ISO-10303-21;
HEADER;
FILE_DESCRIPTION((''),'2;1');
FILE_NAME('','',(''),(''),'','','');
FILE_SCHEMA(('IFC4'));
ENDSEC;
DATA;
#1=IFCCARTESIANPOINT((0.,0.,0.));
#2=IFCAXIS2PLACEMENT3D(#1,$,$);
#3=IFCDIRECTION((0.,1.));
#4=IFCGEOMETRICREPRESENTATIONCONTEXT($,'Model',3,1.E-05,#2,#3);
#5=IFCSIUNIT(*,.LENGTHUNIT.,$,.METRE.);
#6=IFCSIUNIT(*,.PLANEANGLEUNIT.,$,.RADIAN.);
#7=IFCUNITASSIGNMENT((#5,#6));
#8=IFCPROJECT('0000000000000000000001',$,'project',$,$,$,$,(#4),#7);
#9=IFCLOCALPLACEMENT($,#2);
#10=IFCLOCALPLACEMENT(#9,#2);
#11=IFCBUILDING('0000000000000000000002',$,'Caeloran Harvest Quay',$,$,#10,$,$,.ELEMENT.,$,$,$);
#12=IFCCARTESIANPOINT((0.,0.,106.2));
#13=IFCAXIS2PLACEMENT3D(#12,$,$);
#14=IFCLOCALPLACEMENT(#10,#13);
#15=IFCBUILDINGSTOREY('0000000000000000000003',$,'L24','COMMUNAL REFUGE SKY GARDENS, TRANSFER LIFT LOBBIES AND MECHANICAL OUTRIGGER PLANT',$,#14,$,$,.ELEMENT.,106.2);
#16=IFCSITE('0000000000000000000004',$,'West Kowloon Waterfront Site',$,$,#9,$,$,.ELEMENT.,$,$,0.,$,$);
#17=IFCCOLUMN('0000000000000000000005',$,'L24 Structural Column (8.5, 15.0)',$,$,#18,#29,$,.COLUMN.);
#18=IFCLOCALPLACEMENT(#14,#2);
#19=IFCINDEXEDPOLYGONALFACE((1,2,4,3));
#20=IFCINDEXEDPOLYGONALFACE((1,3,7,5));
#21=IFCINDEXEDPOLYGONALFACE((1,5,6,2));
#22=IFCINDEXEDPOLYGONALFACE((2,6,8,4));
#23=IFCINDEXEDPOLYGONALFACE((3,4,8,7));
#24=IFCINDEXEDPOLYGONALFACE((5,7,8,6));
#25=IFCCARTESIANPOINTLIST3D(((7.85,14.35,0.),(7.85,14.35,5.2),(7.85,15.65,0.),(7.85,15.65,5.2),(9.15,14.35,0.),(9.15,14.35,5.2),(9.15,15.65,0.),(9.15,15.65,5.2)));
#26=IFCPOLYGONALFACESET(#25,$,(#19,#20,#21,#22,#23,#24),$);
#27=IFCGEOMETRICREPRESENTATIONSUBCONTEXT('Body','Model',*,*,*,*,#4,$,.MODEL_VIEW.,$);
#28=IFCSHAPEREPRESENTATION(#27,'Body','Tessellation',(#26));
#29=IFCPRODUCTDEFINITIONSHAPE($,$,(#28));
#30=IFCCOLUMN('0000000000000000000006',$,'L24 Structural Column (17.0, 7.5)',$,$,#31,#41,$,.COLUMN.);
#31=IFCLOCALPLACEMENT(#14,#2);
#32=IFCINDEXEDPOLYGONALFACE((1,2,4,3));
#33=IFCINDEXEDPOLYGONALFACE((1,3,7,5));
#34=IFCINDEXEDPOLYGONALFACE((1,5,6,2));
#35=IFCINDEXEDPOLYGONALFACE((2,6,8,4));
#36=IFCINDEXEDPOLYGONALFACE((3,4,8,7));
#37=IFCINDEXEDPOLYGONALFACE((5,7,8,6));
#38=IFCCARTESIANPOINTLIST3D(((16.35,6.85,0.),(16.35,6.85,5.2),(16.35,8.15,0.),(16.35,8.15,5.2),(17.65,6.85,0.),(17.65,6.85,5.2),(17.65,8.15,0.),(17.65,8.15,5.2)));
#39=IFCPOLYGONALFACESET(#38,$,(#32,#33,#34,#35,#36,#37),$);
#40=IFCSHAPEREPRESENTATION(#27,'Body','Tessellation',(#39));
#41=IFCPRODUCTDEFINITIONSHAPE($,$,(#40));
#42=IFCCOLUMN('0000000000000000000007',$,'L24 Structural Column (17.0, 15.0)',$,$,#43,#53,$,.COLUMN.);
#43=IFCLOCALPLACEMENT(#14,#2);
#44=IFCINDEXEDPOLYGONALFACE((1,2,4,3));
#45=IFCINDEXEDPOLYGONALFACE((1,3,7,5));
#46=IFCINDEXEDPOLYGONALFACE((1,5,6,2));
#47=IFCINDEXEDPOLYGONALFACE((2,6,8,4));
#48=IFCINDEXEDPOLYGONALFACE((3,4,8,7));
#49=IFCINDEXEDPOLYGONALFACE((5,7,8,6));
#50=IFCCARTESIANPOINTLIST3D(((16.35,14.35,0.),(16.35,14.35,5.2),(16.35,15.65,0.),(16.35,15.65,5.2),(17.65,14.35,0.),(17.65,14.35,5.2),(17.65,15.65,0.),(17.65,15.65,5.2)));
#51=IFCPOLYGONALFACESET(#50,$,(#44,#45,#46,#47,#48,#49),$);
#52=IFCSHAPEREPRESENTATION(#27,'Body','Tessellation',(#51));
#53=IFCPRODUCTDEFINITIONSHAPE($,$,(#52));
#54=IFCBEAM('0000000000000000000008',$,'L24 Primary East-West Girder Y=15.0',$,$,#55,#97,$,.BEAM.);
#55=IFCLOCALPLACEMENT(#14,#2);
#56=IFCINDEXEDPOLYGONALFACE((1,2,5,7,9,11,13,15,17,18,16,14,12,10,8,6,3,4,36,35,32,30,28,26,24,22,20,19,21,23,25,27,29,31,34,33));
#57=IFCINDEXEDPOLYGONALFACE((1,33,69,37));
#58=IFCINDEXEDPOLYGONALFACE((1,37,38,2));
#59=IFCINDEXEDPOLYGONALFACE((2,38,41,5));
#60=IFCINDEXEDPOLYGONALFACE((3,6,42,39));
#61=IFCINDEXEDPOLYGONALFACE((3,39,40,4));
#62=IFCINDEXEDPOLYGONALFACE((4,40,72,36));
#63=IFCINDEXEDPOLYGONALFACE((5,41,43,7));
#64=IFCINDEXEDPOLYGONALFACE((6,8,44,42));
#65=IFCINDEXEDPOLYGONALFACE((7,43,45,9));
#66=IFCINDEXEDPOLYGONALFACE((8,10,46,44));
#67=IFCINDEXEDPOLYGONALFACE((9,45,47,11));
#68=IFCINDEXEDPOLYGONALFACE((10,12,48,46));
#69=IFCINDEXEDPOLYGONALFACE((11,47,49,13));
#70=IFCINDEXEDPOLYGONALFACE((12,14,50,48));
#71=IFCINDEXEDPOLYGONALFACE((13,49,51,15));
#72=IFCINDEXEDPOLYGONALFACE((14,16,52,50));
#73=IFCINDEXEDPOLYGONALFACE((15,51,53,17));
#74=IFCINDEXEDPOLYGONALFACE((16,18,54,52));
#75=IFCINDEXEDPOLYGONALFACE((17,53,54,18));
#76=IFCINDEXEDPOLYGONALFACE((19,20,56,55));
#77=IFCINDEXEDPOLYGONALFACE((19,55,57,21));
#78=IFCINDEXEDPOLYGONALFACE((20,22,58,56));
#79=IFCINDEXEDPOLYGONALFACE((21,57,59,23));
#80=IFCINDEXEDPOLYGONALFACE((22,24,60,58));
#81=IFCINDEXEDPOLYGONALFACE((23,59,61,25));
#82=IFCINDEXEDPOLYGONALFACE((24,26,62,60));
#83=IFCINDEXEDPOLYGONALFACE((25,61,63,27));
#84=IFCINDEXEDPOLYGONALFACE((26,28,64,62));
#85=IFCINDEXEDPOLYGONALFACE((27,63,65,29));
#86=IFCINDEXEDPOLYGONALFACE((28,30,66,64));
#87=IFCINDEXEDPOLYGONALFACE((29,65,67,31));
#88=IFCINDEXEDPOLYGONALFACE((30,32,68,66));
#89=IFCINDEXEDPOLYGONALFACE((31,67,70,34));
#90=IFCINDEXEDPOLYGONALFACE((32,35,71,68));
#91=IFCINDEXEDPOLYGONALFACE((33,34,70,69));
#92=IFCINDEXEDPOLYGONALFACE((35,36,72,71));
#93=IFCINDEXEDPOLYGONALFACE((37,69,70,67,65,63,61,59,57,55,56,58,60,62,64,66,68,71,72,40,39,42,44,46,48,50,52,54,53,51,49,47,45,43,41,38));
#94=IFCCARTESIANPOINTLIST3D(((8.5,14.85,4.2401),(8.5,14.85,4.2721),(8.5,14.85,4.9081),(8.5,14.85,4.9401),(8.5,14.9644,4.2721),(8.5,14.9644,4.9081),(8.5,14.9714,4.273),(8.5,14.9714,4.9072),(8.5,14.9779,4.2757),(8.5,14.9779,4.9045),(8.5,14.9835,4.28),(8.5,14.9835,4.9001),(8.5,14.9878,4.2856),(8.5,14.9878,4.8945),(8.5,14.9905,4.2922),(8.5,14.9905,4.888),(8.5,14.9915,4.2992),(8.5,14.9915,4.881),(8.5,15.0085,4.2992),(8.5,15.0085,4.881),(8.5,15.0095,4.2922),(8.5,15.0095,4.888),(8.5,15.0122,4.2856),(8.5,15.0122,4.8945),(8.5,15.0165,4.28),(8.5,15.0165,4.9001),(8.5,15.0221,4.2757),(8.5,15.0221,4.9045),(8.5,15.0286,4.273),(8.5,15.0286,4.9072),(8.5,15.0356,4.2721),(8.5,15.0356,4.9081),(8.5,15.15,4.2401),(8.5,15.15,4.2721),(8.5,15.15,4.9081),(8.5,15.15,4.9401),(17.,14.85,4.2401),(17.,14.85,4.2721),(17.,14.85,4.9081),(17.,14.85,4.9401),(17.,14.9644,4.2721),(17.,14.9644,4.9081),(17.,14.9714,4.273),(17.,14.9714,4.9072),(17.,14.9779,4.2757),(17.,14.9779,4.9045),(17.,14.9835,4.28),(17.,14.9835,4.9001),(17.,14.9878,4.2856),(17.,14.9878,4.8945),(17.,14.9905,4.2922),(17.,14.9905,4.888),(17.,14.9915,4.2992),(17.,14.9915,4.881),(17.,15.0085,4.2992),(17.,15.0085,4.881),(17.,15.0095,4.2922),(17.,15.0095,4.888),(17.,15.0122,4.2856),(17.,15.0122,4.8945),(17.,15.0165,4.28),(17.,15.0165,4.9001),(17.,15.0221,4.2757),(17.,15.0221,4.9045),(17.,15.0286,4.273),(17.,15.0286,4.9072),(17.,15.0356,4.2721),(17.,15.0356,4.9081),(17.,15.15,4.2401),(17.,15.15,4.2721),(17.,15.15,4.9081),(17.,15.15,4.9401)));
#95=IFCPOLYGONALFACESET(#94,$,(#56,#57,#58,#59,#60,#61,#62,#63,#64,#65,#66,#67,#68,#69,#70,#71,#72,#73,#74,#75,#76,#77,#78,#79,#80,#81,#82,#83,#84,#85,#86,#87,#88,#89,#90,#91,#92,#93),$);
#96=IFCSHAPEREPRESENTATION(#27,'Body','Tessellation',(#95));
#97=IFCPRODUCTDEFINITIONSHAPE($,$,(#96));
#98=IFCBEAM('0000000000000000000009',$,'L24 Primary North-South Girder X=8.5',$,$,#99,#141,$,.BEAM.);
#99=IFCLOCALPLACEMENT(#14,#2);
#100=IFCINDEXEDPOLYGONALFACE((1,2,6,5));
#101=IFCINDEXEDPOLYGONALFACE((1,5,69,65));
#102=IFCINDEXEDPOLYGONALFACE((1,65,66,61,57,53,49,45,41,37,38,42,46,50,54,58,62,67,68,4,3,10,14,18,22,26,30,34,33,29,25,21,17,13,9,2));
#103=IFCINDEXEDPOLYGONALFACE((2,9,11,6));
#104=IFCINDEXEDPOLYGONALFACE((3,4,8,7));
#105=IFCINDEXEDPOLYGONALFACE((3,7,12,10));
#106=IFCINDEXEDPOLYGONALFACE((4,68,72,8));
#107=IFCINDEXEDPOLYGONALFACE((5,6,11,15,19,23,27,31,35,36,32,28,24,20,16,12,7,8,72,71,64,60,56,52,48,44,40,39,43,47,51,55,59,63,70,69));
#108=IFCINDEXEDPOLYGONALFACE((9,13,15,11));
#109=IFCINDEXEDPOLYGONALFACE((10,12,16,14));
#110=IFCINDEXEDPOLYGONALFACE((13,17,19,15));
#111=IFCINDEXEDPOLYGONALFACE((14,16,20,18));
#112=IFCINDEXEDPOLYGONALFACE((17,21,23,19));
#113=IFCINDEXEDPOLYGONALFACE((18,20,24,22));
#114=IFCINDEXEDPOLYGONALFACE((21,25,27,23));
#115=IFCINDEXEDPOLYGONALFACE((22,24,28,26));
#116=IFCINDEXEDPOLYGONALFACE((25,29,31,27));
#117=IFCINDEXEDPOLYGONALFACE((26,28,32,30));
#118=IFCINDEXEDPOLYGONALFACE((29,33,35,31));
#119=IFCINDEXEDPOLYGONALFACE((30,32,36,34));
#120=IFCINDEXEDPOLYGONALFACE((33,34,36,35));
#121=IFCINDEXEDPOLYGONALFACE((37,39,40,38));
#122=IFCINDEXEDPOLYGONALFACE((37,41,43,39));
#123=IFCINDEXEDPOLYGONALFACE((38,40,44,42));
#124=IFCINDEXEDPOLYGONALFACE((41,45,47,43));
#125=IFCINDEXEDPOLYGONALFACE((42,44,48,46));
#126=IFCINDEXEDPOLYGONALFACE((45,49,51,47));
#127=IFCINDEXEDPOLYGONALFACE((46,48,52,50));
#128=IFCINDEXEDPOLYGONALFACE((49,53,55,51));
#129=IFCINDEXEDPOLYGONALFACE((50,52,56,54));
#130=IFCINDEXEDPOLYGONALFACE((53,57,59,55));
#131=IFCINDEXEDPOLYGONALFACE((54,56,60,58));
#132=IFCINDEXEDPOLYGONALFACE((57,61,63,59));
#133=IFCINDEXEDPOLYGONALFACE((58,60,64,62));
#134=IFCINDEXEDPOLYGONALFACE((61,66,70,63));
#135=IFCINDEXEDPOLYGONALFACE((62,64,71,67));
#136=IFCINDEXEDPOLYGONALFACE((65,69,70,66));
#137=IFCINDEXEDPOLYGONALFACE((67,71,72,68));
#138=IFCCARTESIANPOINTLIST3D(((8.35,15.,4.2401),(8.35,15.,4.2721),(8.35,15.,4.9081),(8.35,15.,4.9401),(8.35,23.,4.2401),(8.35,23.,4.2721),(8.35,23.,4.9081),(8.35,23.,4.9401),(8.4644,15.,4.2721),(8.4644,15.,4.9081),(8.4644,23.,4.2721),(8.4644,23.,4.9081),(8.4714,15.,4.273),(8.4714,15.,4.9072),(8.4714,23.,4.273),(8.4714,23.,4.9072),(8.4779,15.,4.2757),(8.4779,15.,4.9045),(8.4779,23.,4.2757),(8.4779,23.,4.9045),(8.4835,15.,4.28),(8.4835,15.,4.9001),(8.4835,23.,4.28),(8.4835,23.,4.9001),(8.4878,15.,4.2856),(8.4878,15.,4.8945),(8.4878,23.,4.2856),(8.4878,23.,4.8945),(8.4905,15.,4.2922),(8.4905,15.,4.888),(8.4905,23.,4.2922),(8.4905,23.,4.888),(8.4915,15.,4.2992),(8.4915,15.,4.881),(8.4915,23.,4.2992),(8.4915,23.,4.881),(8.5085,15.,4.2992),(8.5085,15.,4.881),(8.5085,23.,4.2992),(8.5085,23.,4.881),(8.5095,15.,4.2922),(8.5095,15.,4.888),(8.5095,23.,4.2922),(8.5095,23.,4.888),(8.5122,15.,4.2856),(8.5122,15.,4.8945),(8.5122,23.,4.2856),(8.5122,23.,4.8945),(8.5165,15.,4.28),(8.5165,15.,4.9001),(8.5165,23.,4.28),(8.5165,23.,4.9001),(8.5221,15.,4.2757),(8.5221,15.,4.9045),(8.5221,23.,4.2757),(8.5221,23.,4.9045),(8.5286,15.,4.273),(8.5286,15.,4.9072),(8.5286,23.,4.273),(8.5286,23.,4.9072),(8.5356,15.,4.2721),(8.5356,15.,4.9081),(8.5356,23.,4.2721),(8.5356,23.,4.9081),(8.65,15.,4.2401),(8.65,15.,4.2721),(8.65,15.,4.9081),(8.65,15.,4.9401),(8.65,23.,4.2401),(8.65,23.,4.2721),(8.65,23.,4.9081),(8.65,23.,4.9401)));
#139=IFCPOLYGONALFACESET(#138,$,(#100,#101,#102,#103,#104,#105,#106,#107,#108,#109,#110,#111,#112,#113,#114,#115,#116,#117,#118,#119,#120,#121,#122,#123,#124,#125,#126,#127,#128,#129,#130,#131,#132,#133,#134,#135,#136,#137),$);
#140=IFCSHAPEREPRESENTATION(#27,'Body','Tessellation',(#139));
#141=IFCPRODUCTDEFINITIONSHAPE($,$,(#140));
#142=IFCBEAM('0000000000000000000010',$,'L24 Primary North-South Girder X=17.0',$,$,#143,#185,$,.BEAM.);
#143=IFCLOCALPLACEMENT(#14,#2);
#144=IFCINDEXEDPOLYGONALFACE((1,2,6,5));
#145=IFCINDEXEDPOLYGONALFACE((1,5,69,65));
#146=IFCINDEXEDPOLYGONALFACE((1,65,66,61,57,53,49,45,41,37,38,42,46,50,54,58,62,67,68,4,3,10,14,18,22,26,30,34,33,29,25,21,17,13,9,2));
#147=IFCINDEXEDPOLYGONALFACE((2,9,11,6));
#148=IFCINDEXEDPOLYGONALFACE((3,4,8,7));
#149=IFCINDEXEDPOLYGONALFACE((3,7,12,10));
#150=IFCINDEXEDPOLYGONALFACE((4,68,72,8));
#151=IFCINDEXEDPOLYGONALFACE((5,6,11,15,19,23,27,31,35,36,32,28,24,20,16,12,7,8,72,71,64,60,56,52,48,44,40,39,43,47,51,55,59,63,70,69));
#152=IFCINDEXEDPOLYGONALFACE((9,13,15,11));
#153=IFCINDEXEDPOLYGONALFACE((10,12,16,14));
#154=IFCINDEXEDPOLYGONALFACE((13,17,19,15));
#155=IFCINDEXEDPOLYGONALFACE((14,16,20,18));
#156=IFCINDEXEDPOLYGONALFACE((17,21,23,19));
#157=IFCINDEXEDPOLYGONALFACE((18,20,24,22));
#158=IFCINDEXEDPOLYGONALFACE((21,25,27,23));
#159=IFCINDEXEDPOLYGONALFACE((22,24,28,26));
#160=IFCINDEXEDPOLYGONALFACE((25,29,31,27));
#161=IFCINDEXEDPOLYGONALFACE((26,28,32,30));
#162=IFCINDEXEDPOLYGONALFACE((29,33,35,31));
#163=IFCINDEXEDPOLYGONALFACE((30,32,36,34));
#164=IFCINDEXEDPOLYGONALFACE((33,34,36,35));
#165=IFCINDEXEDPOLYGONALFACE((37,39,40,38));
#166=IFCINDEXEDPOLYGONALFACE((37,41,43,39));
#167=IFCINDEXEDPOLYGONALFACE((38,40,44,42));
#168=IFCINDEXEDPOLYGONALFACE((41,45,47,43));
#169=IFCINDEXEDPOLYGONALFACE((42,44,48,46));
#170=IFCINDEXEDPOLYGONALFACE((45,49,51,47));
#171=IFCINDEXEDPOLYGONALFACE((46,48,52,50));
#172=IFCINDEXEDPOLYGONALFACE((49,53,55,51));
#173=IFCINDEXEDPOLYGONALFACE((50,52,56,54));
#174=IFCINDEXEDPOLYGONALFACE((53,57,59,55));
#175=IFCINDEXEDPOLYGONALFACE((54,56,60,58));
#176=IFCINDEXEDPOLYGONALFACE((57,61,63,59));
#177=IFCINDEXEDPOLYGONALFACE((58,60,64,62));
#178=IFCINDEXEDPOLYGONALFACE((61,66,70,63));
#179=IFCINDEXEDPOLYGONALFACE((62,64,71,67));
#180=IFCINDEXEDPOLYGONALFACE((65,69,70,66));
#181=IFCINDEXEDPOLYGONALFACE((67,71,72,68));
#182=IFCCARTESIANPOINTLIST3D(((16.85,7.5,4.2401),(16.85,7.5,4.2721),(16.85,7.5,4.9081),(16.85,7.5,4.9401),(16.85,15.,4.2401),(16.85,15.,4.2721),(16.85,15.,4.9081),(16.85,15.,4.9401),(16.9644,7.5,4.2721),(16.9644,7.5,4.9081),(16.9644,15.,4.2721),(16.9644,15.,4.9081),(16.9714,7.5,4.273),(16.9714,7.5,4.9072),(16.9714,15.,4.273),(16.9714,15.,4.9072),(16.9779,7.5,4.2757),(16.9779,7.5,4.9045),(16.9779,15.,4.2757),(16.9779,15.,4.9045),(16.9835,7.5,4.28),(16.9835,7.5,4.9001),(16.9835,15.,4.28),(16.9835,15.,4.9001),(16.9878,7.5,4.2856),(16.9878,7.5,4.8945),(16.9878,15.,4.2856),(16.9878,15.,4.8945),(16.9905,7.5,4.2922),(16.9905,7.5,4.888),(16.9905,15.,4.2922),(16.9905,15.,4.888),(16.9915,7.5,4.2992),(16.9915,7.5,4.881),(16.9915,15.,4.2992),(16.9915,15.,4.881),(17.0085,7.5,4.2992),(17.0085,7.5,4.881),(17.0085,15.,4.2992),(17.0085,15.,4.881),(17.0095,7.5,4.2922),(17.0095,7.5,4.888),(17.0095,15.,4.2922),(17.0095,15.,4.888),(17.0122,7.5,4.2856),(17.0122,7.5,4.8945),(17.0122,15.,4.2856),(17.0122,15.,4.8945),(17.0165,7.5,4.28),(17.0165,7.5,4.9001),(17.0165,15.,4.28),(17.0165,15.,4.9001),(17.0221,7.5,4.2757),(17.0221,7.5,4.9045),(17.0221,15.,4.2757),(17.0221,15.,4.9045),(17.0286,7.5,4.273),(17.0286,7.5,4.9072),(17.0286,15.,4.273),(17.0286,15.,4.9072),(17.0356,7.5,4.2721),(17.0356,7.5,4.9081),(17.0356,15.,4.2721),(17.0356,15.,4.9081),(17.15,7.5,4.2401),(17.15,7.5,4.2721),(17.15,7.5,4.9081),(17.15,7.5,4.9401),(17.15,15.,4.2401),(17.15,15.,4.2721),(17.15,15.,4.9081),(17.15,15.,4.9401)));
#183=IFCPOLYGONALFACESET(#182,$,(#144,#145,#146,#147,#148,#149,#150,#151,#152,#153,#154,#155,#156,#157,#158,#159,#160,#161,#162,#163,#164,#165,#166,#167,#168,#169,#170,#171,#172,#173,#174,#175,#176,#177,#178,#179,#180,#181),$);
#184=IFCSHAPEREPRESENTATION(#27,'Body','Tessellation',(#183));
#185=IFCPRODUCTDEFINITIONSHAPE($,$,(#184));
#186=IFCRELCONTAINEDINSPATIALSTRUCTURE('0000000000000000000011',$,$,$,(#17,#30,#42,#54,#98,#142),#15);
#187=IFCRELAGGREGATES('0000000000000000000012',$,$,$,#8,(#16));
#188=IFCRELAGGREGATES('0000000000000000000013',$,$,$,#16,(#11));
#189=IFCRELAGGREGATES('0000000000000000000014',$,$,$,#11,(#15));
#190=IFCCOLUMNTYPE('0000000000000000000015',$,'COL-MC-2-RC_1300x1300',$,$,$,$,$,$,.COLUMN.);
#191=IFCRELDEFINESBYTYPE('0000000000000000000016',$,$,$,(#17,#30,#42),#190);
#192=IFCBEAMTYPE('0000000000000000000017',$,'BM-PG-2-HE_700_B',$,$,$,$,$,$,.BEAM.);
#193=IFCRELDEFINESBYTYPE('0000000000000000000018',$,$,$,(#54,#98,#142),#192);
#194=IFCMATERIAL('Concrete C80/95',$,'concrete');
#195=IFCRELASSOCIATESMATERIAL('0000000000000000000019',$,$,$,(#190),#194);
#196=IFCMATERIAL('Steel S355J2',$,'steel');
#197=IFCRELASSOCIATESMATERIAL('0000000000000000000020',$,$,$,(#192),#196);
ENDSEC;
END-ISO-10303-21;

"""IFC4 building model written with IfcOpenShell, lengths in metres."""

from ifc_helpers import new_model, si_unit, direction, frame, origin, origin_2d, place, context, subcontext, project, spatial, rectangle, i_section, extrude, material, material_profile, profile_set, type_object, element, save


model = new_model("IFC4")

# Units and contexts
model_context = context("Model", 3, precision=1e-05, world=origin(), true_north=direction((0.0, 1.0)))
body_context = subcontext(model_context, "Body", "Model", "MODEL_VIEW")
ifc_project = project(units=[si_unit("LENGTHUNIT", "METRE"), si_unit("PLANEANGLEUNIT", "RADIAN")], contexts=[model_context])

# Site, building, storey
site_placement = place(None, origin())
site = spatial("IfcSite", under=ifc_project, at=site_placement, Name="West Kowloon Waterfront Site", CompositionType="ELEMENT", RefElevation=0.0)
building_placement = place(site_placement, origin())
building = spatial("IfcBuilding", under=site, at=building_placement, Name="Caeloran Harvest Quay", CompositionType="ELEMENT")
storey_placement = place(building_placement, frame((0.0, 0.0, 106.2)))
storey = spatial("IfcBuildingStorey", under=building, at=storey_placement, Name="L24", Description="COMMUNAL REFUGE SKY GARDENS, TRANSFER LIFT LOBBIES AND MECHANICAL OUTRIGGER PLANT", CompositionType="ELEMENT", Elevation=106.2)

# Columns
ifc_material_1 = material(Name="Concrete C80/95", Category="concrete")
ifc_material_profile_1 = material_profile(ifc_material_1, rectangle(XDim=1.3, YDim=1.3, at=origin_2d()), Name="RC 1300x1300")
ifc_profile_set_1 = profile_set([ifc_material_profile_1], Name="Concrete C80/95")
column_type = type_object("IfcColumnType", Name="COL-MC-2-RC_1300x1300", PredefinedType="COLUMN", material=ifc_profile_set_1)
for number, where, z_axis, x_axis, name in (
    (1, (8.5, 15.0, 0.0), (0.0, 0.0, 1.0), (1.0, 0.0, 0.0), "L24 Structural Column (8.5, 15.0)"),
    (2, (17.0, 7.5, 0.0), (0.0, 0.0, 1.0), (1.0, 0.0, 0.0), "L24 Structural Column (17.0, 7.5)"),
    (3, (17.0, 15.0, 0.0), (0.0, 0.0, 1.0), (1.0, 0.0, 0.0), "L24 Structural Column (17.0, 15.0)"),
):
    element("IfcColumn", number, at=place(storey_placement, frame(where, z_axis=z_axis, x_axis=x_axis)), inside=storey, type_object=column_type, Name=name, PredefinedType="COLUMN", context=body_context, shape_type="SweptSolid", body=[
        extrude(rectangle(XDim=1.3, YDim=1.3, at=origin_2d()), origin(), (0.0, 0.0, 1.0), 5.2),
    ])

# Beams
ifc_material_2 = material(Name="Steel S355J2", Category="steel")
ifc_material_profile_2 = material_profile(ifc_material_2, i_section(OverallWidth=0.3, OverallDepth=0.7, WebThickness=0.0171, FlangeThickness=0.032, FilletRadius=0.0271, at=origin_2d()), Name="HE 700 B")
ifc_profile_set_2 = profile_set([ifc_material_profile_2], Name="Steel S355J2")
beam_type = type_object("IfcBeamType", Name="BM-PG-2-HE_700_B", PredefinedType="BEAM", material=ifc_profile_set_2)
beam_1_placement = place(storey_placement, frame((8.5, 15.0, 4.5901), z_axis=(1.0, 0.0, 0.0), x_axis=(0.0, 1.0, 0.0)))
element("IfcBeam", 4, at=beam_1_placement, inside=storey, type_object=beam_type, Name="L24 Primary East-West Girder Y=15.0", PredefinedType="BEAM", context=body_context, shape_type="SweptSolid", body=[
    extrude(i_section(OverallWidth=0.3, OverallDepth=0.7, WebThickness=0.0171, FlangeThickness=0.032, FilletRadius=0.0271, at=origin_2d()), origin(), (0.0, 0.0, 1.0), 8.5),
])
beam_2_placement = place(storey_placement, frame((8.5, 15.0, 4.5901), z_axis=(0.0, 1.0, 0.0), x_axis=(-1.0, 0.0, 0.0)))
element("IfcBeam", 5, at=beam_2_placement, inside=storey, type_object=beam_type, Name="L24 Primary North-South Girder X=8.5", PredefinedType="BEAM", context=body_context, shape_type="SweptSolid", body=[
    extrude(i_section(OverallWidth=0.3, OverallDepth=0.7, WebThickness=0.0171, FlangeThickness=0.032, FilletRadius=0.0271, at=origin_2d()), origin(), (0.0, 0.0, 1.0), 8.0),
])
beam_3_placement = place(storey_placement, frame((17.0, 7.5, 4.5901), z_axis=(0.0, 1.0, 0.0), x_axis=(-1.0, 0.0, 0.0)))
element("IfcBeam", 6, at=beam_3_placement, inside=storey, type_object=beam_type, Name="L24 Primary North-South Girder X=17.0", PredefinedType="BEAM", context=body_context, shape_type="SweptSolid", body=[
    extrude(i_section(OverallWidth=0.3, OverallDepth=0.7, WebThickness=0.0171, FlangeThickness=0.032, FilletRadius=0.0271, at=origin_2d()), origin(), (0.0, 0.0, 1.0), 7.5),
])

save(model, "model.ifc")
